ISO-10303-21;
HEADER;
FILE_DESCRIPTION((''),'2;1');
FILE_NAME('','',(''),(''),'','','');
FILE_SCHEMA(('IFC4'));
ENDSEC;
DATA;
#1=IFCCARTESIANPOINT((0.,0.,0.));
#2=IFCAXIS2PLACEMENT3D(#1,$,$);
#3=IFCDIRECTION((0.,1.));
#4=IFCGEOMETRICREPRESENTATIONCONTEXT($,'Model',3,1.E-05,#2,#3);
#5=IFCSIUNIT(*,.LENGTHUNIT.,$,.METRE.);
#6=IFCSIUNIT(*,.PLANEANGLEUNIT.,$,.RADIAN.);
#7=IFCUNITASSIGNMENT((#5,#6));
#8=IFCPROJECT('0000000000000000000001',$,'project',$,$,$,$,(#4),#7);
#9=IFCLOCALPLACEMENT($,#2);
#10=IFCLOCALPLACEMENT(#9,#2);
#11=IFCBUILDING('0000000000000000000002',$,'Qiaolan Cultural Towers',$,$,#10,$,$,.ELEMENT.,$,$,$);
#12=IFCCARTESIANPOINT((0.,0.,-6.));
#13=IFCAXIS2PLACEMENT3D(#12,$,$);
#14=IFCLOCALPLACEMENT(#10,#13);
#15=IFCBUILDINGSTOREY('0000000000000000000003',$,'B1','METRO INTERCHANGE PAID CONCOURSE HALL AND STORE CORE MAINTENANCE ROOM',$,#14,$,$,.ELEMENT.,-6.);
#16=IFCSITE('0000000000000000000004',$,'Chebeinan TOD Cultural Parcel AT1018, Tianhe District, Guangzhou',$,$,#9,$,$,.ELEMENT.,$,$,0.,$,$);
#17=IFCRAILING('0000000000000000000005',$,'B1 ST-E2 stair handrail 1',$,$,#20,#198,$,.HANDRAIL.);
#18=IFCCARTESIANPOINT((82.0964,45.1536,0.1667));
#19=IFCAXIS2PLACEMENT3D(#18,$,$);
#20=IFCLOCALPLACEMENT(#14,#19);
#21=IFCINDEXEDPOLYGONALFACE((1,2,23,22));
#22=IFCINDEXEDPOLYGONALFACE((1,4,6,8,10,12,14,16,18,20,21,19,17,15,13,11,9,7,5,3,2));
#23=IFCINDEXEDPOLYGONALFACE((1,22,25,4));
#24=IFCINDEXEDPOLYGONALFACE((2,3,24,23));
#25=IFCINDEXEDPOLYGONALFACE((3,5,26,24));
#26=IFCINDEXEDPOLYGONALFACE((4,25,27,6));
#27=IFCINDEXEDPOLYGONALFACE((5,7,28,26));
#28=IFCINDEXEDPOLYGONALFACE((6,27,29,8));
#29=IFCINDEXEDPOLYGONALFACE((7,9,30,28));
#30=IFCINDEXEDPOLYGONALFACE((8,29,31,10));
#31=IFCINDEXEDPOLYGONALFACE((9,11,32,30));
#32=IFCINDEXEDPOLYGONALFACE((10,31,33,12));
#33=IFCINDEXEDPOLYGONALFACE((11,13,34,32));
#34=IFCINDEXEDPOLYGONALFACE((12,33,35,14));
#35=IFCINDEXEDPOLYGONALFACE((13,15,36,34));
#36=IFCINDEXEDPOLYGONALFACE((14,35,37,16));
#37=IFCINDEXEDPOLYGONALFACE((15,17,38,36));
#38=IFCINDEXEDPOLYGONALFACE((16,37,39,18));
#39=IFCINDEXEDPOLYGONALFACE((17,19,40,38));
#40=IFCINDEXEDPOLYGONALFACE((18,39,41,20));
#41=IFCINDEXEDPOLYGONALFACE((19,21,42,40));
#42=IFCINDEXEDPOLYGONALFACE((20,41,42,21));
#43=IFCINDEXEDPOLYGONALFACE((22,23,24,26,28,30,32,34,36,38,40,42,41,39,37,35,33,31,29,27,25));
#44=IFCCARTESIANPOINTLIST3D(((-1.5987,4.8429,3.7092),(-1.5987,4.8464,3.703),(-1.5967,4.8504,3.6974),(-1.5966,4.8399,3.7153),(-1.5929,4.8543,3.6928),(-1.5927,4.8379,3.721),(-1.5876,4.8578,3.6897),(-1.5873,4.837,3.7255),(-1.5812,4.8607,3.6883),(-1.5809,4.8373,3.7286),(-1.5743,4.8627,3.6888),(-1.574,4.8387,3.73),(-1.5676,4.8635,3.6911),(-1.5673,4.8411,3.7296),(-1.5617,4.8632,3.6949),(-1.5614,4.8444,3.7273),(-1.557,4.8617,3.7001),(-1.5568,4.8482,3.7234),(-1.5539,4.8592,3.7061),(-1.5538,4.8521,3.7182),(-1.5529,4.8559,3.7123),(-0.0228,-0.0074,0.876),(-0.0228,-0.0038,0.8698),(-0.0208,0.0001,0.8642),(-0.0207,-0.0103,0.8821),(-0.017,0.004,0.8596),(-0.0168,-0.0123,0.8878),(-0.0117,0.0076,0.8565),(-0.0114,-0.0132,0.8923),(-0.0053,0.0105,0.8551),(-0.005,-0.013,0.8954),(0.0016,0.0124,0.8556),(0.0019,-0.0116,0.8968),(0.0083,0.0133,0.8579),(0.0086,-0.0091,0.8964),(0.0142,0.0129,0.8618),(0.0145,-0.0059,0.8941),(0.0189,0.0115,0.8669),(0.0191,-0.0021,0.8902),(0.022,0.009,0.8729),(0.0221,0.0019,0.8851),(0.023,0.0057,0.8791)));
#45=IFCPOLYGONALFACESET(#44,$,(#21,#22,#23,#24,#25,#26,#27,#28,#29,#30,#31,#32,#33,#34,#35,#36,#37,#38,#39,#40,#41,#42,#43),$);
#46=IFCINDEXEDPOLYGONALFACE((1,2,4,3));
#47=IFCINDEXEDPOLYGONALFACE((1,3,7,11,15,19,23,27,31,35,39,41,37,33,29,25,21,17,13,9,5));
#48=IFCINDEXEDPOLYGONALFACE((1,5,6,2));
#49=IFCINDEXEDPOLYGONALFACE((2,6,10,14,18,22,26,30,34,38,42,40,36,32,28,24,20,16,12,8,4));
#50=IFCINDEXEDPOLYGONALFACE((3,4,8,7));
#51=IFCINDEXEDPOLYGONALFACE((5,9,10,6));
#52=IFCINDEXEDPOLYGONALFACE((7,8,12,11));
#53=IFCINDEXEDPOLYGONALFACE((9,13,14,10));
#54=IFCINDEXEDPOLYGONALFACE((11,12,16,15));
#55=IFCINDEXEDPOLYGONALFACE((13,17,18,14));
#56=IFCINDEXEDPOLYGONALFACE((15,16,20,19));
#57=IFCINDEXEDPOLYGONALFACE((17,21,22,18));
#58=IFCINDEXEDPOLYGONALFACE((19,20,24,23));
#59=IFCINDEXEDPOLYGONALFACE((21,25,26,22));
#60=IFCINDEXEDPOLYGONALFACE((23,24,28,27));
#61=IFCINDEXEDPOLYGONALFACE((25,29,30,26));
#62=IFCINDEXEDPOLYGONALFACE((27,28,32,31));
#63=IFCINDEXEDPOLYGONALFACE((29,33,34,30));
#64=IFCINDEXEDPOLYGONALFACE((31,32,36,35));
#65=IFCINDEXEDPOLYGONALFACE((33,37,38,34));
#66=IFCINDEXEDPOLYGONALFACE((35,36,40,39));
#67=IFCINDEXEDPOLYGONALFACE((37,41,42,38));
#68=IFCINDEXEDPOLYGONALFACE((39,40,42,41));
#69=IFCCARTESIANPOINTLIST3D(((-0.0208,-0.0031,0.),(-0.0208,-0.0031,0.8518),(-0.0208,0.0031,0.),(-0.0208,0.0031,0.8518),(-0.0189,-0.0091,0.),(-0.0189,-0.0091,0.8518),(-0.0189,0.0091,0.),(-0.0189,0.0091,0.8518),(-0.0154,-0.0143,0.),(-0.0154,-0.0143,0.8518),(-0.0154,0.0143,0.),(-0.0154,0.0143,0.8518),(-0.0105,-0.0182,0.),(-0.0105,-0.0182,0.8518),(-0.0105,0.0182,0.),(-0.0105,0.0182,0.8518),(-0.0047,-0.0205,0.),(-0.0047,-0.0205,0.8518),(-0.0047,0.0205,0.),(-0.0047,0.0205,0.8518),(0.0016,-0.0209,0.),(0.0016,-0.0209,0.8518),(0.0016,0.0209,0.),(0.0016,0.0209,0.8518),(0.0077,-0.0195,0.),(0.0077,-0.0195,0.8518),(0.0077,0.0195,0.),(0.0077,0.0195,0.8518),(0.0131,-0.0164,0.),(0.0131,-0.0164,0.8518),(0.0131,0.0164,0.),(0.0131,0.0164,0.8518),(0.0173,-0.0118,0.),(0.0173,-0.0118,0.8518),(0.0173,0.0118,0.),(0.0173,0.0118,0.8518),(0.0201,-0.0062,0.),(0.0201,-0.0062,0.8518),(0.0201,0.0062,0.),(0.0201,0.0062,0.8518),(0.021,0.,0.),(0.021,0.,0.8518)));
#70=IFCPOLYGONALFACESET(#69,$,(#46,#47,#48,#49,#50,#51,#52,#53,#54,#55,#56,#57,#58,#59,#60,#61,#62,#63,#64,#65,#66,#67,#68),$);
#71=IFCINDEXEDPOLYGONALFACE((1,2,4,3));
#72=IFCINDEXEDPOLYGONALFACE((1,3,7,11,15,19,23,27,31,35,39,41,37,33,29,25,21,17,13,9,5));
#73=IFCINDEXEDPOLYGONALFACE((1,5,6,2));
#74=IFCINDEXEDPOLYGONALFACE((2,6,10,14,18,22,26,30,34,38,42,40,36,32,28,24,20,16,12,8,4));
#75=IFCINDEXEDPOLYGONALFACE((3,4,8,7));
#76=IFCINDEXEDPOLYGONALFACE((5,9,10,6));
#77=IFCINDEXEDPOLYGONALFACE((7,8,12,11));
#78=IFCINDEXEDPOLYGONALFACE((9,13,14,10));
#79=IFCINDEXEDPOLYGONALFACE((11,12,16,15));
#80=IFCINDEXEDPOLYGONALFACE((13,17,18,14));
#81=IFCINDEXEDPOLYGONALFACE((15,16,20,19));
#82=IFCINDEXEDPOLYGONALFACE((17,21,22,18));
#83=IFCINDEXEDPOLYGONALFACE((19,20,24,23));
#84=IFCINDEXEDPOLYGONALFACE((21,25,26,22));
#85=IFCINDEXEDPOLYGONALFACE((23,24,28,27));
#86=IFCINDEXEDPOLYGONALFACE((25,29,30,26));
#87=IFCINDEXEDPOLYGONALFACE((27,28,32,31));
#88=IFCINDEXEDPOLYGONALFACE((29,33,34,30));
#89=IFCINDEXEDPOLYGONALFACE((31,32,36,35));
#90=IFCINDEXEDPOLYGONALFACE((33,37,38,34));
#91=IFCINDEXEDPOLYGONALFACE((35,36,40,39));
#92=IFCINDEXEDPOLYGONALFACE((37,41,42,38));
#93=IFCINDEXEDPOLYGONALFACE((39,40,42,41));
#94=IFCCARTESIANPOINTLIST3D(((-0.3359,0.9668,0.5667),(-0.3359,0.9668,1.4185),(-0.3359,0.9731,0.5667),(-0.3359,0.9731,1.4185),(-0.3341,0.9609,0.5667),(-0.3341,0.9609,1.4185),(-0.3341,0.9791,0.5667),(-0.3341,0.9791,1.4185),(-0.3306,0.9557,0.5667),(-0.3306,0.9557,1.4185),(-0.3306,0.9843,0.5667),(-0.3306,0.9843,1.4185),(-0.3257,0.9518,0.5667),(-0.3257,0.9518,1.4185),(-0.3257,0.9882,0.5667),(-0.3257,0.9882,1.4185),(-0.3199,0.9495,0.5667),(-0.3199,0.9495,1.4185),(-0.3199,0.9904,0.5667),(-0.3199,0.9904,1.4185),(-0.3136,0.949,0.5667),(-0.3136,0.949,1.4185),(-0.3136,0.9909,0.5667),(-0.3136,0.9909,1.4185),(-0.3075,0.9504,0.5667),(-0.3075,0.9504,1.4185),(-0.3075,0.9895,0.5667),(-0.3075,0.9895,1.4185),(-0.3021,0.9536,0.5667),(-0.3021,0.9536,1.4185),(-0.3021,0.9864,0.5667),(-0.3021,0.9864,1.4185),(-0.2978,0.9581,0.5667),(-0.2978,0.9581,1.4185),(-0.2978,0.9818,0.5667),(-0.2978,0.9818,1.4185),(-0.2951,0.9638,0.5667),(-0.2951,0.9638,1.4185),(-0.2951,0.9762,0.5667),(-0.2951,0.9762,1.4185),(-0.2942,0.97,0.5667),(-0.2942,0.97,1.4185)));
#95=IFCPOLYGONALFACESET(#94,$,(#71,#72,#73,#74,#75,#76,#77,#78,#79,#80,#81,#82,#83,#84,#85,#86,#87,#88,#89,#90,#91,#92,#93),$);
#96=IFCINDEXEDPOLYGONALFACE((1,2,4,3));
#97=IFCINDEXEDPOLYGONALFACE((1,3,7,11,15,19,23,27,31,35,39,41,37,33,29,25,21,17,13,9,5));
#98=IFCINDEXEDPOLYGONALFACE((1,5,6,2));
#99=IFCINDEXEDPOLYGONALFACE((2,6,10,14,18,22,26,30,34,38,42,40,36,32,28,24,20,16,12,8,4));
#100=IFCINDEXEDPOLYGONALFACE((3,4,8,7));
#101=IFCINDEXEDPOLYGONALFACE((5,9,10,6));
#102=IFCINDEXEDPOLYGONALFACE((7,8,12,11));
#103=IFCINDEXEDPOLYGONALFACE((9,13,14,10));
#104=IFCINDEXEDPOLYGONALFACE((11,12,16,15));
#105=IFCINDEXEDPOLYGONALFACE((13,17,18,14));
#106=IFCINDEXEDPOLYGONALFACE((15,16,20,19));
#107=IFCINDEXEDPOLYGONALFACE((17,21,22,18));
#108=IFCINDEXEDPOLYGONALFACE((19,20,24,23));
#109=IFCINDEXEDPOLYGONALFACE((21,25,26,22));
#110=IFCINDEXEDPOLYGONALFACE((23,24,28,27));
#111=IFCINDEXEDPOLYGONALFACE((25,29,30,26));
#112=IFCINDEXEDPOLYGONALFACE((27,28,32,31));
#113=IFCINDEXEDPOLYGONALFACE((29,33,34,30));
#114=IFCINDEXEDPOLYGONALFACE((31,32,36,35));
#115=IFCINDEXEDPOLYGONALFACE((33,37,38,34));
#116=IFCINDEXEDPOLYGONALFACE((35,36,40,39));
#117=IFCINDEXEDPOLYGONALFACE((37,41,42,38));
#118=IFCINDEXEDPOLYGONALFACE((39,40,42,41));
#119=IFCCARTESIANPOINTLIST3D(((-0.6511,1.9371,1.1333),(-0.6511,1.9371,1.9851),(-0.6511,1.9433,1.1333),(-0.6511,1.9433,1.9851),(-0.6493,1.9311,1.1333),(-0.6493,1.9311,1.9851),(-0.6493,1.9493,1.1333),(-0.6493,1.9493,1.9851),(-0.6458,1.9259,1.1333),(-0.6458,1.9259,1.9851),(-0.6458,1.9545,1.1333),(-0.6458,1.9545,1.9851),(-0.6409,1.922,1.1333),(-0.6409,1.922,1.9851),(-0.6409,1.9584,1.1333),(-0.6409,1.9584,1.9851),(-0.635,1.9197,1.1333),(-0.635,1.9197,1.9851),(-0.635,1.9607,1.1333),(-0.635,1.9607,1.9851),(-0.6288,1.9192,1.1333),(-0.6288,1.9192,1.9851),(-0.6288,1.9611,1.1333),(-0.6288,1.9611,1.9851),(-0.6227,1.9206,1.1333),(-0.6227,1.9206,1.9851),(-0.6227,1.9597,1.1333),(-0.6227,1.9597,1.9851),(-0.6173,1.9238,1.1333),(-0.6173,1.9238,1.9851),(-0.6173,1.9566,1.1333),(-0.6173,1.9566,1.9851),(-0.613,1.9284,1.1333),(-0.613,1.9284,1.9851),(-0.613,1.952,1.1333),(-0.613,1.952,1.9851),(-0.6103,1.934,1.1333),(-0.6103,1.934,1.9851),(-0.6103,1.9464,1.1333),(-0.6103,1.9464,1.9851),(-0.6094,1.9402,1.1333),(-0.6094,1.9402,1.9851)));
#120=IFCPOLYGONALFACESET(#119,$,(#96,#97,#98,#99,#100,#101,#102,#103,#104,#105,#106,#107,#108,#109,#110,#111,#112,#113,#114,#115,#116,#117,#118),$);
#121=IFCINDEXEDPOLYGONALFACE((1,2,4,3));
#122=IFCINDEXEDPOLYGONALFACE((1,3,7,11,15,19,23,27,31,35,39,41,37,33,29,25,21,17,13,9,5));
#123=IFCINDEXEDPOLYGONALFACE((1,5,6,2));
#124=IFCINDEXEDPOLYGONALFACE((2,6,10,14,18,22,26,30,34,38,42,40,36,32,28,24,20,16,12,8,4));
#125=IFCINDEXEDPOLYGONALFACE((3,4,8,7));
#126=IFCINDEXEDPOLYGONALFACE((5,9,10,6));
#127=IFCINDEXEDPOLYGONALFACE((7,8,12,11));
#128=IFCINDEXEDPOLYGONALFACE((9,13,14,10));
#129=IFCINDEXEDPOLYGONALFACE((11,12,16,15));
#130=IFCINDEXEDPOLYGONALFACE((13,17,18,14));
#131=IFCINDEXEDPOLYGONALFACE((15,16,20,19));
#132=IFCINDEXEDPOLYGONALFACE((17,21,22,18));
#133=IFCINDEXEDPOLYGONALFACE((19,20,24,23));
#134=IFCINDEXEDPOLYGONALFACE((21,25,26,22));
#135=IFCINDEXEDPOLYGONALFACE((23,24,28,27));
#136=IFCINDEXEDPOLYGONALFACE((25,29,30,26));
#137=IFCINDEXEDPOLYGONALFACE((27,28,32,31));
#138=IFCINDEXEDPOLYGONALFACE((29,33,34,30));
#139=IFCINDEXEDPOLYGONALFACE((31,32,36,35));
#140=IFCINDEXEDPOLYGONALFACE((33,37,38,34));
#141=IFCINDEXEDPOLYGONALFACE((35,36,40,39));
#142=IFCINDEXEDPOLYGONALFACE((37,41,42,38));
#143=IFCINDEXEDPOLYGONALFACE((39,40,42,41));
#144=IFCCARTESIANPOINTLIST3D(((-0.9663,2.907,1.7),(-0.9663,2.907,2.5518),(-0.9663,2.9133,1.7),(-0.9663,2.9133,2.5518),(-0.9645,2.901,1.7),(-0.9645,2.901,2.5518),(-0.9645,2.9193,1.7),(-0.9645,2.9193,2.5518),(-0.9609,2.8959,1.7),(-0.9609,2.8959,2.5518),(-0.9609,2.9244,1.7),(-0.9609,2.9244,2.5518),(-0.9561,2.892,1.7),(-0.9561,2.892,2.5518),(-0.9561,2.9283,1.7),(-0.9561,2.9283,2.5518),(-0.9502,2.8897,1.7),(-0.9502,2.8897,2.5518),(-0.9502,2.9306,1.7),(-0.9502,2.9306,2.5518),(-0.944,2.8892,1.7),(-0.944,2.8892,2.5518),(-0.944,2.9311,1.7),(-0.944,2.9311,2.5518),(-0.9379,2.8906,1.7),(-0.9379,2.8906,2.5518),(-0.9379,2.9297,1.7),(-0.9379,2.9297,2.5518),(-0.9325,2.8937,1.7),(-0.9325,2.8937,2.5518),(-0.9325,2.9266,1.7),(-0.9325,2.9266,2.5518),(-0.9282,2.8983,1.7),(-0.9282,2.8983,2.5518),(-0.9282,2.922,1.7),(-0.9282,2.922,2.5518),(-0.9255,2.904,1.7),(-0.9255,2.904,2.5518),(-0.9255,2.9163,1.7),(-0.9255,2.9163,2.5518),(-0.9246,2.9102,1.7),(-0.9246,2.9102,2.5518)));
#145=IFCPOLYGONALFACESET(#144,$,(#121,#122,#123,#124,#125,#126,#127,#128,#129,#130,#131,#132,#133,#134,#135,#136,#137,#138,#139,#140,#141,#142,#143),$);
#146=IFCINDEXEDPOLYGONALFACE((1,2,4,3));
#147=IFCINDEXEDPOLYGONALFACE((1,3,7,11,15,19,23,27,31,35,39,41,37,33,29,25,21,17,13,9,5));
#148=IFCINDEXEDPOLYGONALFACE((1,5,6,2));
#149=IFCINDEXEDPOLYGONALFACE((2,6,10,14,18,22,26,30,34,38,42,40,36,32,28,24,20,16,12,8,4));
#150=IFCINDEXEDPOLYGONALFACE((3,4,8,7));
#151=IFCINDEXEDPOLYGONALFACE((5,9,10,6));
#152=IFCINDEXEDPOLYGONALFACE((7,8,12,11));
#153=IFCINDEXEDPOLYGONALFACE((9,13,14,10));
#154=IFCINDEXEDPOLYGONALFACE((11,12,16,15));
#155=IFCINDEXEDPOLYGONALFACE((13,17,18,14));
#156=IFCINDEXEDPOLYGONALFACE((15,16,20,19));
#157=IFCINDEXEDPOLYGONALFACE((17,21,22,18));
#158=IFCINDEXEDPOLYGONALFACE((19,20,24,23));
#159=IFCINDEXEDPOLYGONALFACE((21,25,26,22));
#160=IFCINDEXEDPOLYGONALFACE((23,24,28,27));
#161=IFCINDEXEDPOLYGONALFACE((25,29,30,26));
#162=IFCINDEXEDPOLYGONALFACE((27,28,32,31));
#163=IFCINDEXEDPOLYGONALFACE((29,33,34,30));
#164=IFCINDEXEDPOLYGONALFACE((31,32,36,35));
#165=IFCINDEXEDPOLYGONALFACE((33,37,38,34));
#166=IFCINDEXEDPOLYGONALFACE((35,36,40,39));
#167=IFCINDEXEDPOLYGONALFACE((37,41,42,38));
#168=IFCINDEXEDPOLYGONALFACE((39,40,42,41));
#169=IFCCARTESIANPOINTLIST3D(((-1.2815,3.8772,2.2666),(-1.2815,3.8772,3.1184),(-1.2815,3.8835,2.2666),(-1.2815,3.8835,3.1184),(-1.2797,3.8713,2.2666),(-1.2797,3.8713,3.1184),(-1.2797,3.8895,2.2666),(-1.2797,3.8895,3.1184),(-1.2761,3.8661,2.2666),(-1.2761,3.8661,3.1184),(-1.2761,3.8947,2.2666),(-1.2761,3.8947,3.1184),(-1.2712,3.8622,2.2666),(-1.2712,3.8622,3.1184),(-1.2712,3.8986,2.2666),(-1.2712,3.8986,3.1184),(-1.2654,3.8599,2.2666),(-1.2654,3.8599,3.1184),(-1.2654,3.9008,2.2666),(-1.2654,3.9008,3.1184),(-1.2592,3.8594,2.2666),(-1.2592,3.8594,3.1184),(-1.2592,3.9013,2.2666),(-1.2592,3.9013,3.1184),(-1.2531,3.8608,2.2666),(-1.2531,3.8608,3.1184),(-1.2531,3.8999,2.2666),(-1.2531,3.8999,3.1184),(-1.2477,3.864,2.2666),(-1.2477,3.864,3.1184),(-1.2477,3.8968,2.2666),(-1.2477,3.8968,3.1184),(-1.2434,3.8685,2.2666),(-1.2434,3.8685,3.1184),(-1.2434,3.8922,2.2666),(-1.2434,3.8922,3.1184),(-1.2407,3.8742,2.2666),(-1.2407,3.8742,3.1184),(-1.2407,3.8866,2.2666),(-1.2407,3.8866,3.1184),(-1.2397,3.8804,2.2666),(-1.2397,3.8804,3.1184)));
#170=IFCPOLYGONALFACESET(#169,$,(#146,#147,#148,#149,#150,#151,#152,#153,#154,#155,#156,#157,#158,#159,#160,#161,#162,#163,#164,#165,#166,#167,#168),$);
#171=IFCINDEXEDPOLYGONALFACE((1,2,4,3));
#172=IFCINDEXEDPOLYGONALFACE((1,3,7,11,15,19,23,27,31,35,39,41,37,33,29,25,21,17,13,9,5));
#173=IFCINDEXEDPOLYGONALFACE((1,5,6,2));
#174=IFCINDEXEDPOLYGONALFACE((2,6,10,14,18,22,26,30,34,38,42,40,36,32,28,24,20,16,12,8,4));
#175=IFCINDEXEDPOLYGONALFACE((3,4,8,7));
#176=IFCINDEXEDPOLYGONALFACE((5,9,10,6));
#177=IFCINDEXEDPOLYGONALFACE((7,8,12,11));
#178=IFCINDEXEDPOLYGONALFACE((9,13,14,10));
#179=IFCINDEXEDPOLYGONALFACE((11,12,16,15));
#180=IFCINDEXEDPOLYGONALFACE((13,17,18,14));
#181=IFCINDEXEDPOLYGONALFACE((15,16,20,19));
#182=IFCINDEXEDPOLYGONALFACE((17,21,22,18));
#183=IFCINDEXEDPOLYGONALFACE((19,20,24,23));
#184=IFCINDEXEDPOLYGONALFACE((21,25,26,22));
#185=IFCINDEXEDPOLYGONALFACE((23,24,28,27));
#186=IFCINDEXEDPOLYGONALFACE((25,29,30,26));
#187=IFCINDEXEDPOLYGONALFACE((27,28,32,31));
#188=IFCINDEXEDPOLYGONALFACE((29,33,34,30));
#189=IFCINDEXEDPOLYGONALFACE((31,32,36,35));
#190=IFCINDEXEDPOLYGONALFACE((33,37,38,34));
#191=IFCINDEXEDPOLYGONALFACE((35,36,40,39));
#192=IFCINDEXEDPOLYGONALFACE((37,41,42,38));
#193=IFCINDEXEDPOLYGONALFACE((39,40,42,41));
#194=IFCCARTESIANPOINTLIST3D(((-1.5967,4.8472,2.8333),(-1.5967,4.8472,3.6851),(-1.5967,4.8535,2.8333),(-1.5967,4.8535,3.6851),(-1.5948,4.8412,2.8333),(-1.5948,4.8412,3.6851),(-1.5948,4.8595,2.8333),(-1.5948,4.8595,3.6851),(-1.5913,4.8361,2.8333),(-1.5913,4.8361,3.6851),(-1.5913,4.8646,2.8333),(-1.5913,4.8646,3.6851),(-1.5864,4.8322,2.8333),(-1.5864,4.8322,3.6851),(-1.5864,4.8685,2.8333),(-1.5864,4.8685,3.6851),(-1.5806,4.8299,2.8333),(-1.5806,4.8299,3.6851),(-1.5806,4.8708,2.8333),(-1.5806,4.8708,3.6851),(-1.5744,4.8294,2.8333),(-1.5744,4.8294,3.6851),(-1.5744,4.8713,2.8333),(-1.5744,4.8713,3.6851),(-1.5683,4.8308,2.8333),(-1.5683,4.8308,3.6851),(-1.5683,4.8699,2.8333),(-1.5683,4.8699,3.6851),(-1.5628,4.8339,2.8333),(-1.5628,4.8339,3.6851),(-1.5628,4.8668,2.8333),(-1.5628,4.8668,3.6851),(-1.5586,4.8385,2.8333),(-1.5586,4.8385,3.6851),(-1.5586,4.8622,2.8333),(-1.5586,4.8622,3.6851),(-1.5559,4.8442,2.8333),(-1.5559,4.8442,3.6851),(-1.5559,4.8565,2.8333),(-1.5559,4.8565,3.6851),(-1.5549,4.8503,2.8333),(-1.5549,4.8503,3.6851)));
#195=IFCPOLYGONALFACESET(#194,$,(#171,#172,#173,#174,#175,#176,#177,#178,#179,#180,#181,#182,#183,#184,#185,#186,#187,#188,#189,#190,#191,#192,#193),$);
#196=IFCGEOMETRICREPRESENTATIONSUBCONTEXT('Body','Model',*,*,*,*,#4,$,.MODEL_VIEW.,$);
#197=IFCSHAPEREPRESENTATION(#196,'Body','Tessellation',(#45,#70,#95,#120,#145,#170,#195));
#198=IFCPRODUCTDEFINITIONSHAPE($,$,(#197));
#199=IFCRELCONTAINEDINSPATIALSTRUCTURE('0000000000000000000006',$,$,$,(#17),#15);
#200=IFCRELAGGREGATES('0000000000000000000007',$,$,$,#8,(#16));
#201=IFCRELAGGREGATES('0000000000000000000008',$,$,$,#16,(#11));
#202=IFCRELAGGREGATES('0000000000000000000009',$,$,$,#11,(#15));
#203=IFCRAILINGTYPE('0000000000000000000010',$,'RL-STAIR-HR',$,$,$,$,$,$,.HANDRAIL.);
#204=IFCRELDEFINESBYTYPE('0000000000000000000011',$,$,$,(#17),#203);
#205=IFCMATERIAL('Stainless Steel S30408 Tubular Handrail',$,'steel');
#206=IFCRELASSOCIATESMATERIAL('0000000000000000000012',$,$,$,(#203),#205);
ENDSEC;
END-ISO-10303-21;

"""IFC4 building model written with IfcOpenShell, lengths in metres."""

from ifc_helpers import new_model, si_unit, direction, frame, origin, origin_2d, place, context, subcontext, project, spatial, circle, extrude, material, type_object, element, save


model = new_model("IFC4")

# Units and contexts
model_context = context("Model", 3, precision=1e-05, world=origin(), true_north=direction((0.0, 1.0)))
body_context = subcontext(model_context, "Body", "Model", "MODEL_VIEW")
ifc_project = project(units=[si_unit("LENGTHUNIT", "METRE"), si_unit("PLANEANGLEUNIT", "RADIAN")], contexts=[model_context])

# Site, building, storey
site_placement = place(None, origin())
site = spatial("IfcSite", under=ifc_project, at=site_placement, Name="Chebeinan TOD Cultural Parcel AT1018, Tianhe District, Guangzhou", CompositionType="ELEMENT", RefElevation=0.0)
building_placement = place(site_placement, origin())
building = spatial("IfcBuilding", under=site, at=building_placement, Name="Qiaolan Cultural Towers", CompositionType="ELEMENT")
storey_placement = place(building_placement, frame((0.0, 0.0, -6.0)))
storey = spatial("IfcBuildingStorey", under=building, at=storey_placement, Name="B1", Description="METRO INTERCHANGE PAID CONCOURSE HALL AND STORE CORE MAINTENANCE ROOM", CompositionType="ELEMENT", Elevation=-6.0)

# Railing
ifc_material_1 = material(Name="Stainless Steel S30408 Tubular Handrail", Category="steel")
railing_type_1 = type_object("IfcRailingType", Name="RL-STAIR-HR", PredefinedType="HANDRAIL", material=ifc_material_1)
railing_1_placement = place(storey_placement, frame((82.0964, 45.1536, 0.1667)))
element("IfcRailing", 1, at=railing_1_placement, inside=storey, type_object=railing_type_1, Name="B1 ST-E2 stair handrail 1", PredefinedType="HANDRAIL", context=body_context, shape_type="SweptSolid", body=[
    extrude(circle(Radius=0.0239, at=origin_2d()), frame((0.0, 0.0, 0.876), z_axis=(-0.270124, 0.831378, 0.485637), x_axis=(-0.951059, -0.309009, 0.0)), (0.0, 0.0, 1.0), 5.834),
    extrude(circle(Radius=0.021, at=origin_2d()), origin(), (0.0, 0.0, 1.0), 0.8518),
    extrude(circle(Radius=0.021, at=origin_2d()), frame((-0.3152, 0.97, 0.5667)), (0.0, 0.0, 1.0), 0.8518),
    extrude(circle(Radius=0.021, at=origin_2d()), frame((-0.6304, 1.9402, 1.1333)), (0.0, 0.0, 1.0), 0.8518),
    extrude(circle(Radius=0.021, at=origin_2d()), frame((-0.9456, 2.9102, 1.7)), (0.0, 0.0, 1.0), 0.8518),
    extrude(circle(Radius=0.021, at=origin_2d()), frame((-1.2607, 3.8804, 2.2666)), (0.0, 0.0, 1.0), 0.8518),
    extrude(circle(Radius=0.021, at=origin_2d()), frame((-1.5759, 4.8503, 2.8333)), (0.0, 0.0, 1.0), 0.8518),
])

save(model, "model.ifc")
